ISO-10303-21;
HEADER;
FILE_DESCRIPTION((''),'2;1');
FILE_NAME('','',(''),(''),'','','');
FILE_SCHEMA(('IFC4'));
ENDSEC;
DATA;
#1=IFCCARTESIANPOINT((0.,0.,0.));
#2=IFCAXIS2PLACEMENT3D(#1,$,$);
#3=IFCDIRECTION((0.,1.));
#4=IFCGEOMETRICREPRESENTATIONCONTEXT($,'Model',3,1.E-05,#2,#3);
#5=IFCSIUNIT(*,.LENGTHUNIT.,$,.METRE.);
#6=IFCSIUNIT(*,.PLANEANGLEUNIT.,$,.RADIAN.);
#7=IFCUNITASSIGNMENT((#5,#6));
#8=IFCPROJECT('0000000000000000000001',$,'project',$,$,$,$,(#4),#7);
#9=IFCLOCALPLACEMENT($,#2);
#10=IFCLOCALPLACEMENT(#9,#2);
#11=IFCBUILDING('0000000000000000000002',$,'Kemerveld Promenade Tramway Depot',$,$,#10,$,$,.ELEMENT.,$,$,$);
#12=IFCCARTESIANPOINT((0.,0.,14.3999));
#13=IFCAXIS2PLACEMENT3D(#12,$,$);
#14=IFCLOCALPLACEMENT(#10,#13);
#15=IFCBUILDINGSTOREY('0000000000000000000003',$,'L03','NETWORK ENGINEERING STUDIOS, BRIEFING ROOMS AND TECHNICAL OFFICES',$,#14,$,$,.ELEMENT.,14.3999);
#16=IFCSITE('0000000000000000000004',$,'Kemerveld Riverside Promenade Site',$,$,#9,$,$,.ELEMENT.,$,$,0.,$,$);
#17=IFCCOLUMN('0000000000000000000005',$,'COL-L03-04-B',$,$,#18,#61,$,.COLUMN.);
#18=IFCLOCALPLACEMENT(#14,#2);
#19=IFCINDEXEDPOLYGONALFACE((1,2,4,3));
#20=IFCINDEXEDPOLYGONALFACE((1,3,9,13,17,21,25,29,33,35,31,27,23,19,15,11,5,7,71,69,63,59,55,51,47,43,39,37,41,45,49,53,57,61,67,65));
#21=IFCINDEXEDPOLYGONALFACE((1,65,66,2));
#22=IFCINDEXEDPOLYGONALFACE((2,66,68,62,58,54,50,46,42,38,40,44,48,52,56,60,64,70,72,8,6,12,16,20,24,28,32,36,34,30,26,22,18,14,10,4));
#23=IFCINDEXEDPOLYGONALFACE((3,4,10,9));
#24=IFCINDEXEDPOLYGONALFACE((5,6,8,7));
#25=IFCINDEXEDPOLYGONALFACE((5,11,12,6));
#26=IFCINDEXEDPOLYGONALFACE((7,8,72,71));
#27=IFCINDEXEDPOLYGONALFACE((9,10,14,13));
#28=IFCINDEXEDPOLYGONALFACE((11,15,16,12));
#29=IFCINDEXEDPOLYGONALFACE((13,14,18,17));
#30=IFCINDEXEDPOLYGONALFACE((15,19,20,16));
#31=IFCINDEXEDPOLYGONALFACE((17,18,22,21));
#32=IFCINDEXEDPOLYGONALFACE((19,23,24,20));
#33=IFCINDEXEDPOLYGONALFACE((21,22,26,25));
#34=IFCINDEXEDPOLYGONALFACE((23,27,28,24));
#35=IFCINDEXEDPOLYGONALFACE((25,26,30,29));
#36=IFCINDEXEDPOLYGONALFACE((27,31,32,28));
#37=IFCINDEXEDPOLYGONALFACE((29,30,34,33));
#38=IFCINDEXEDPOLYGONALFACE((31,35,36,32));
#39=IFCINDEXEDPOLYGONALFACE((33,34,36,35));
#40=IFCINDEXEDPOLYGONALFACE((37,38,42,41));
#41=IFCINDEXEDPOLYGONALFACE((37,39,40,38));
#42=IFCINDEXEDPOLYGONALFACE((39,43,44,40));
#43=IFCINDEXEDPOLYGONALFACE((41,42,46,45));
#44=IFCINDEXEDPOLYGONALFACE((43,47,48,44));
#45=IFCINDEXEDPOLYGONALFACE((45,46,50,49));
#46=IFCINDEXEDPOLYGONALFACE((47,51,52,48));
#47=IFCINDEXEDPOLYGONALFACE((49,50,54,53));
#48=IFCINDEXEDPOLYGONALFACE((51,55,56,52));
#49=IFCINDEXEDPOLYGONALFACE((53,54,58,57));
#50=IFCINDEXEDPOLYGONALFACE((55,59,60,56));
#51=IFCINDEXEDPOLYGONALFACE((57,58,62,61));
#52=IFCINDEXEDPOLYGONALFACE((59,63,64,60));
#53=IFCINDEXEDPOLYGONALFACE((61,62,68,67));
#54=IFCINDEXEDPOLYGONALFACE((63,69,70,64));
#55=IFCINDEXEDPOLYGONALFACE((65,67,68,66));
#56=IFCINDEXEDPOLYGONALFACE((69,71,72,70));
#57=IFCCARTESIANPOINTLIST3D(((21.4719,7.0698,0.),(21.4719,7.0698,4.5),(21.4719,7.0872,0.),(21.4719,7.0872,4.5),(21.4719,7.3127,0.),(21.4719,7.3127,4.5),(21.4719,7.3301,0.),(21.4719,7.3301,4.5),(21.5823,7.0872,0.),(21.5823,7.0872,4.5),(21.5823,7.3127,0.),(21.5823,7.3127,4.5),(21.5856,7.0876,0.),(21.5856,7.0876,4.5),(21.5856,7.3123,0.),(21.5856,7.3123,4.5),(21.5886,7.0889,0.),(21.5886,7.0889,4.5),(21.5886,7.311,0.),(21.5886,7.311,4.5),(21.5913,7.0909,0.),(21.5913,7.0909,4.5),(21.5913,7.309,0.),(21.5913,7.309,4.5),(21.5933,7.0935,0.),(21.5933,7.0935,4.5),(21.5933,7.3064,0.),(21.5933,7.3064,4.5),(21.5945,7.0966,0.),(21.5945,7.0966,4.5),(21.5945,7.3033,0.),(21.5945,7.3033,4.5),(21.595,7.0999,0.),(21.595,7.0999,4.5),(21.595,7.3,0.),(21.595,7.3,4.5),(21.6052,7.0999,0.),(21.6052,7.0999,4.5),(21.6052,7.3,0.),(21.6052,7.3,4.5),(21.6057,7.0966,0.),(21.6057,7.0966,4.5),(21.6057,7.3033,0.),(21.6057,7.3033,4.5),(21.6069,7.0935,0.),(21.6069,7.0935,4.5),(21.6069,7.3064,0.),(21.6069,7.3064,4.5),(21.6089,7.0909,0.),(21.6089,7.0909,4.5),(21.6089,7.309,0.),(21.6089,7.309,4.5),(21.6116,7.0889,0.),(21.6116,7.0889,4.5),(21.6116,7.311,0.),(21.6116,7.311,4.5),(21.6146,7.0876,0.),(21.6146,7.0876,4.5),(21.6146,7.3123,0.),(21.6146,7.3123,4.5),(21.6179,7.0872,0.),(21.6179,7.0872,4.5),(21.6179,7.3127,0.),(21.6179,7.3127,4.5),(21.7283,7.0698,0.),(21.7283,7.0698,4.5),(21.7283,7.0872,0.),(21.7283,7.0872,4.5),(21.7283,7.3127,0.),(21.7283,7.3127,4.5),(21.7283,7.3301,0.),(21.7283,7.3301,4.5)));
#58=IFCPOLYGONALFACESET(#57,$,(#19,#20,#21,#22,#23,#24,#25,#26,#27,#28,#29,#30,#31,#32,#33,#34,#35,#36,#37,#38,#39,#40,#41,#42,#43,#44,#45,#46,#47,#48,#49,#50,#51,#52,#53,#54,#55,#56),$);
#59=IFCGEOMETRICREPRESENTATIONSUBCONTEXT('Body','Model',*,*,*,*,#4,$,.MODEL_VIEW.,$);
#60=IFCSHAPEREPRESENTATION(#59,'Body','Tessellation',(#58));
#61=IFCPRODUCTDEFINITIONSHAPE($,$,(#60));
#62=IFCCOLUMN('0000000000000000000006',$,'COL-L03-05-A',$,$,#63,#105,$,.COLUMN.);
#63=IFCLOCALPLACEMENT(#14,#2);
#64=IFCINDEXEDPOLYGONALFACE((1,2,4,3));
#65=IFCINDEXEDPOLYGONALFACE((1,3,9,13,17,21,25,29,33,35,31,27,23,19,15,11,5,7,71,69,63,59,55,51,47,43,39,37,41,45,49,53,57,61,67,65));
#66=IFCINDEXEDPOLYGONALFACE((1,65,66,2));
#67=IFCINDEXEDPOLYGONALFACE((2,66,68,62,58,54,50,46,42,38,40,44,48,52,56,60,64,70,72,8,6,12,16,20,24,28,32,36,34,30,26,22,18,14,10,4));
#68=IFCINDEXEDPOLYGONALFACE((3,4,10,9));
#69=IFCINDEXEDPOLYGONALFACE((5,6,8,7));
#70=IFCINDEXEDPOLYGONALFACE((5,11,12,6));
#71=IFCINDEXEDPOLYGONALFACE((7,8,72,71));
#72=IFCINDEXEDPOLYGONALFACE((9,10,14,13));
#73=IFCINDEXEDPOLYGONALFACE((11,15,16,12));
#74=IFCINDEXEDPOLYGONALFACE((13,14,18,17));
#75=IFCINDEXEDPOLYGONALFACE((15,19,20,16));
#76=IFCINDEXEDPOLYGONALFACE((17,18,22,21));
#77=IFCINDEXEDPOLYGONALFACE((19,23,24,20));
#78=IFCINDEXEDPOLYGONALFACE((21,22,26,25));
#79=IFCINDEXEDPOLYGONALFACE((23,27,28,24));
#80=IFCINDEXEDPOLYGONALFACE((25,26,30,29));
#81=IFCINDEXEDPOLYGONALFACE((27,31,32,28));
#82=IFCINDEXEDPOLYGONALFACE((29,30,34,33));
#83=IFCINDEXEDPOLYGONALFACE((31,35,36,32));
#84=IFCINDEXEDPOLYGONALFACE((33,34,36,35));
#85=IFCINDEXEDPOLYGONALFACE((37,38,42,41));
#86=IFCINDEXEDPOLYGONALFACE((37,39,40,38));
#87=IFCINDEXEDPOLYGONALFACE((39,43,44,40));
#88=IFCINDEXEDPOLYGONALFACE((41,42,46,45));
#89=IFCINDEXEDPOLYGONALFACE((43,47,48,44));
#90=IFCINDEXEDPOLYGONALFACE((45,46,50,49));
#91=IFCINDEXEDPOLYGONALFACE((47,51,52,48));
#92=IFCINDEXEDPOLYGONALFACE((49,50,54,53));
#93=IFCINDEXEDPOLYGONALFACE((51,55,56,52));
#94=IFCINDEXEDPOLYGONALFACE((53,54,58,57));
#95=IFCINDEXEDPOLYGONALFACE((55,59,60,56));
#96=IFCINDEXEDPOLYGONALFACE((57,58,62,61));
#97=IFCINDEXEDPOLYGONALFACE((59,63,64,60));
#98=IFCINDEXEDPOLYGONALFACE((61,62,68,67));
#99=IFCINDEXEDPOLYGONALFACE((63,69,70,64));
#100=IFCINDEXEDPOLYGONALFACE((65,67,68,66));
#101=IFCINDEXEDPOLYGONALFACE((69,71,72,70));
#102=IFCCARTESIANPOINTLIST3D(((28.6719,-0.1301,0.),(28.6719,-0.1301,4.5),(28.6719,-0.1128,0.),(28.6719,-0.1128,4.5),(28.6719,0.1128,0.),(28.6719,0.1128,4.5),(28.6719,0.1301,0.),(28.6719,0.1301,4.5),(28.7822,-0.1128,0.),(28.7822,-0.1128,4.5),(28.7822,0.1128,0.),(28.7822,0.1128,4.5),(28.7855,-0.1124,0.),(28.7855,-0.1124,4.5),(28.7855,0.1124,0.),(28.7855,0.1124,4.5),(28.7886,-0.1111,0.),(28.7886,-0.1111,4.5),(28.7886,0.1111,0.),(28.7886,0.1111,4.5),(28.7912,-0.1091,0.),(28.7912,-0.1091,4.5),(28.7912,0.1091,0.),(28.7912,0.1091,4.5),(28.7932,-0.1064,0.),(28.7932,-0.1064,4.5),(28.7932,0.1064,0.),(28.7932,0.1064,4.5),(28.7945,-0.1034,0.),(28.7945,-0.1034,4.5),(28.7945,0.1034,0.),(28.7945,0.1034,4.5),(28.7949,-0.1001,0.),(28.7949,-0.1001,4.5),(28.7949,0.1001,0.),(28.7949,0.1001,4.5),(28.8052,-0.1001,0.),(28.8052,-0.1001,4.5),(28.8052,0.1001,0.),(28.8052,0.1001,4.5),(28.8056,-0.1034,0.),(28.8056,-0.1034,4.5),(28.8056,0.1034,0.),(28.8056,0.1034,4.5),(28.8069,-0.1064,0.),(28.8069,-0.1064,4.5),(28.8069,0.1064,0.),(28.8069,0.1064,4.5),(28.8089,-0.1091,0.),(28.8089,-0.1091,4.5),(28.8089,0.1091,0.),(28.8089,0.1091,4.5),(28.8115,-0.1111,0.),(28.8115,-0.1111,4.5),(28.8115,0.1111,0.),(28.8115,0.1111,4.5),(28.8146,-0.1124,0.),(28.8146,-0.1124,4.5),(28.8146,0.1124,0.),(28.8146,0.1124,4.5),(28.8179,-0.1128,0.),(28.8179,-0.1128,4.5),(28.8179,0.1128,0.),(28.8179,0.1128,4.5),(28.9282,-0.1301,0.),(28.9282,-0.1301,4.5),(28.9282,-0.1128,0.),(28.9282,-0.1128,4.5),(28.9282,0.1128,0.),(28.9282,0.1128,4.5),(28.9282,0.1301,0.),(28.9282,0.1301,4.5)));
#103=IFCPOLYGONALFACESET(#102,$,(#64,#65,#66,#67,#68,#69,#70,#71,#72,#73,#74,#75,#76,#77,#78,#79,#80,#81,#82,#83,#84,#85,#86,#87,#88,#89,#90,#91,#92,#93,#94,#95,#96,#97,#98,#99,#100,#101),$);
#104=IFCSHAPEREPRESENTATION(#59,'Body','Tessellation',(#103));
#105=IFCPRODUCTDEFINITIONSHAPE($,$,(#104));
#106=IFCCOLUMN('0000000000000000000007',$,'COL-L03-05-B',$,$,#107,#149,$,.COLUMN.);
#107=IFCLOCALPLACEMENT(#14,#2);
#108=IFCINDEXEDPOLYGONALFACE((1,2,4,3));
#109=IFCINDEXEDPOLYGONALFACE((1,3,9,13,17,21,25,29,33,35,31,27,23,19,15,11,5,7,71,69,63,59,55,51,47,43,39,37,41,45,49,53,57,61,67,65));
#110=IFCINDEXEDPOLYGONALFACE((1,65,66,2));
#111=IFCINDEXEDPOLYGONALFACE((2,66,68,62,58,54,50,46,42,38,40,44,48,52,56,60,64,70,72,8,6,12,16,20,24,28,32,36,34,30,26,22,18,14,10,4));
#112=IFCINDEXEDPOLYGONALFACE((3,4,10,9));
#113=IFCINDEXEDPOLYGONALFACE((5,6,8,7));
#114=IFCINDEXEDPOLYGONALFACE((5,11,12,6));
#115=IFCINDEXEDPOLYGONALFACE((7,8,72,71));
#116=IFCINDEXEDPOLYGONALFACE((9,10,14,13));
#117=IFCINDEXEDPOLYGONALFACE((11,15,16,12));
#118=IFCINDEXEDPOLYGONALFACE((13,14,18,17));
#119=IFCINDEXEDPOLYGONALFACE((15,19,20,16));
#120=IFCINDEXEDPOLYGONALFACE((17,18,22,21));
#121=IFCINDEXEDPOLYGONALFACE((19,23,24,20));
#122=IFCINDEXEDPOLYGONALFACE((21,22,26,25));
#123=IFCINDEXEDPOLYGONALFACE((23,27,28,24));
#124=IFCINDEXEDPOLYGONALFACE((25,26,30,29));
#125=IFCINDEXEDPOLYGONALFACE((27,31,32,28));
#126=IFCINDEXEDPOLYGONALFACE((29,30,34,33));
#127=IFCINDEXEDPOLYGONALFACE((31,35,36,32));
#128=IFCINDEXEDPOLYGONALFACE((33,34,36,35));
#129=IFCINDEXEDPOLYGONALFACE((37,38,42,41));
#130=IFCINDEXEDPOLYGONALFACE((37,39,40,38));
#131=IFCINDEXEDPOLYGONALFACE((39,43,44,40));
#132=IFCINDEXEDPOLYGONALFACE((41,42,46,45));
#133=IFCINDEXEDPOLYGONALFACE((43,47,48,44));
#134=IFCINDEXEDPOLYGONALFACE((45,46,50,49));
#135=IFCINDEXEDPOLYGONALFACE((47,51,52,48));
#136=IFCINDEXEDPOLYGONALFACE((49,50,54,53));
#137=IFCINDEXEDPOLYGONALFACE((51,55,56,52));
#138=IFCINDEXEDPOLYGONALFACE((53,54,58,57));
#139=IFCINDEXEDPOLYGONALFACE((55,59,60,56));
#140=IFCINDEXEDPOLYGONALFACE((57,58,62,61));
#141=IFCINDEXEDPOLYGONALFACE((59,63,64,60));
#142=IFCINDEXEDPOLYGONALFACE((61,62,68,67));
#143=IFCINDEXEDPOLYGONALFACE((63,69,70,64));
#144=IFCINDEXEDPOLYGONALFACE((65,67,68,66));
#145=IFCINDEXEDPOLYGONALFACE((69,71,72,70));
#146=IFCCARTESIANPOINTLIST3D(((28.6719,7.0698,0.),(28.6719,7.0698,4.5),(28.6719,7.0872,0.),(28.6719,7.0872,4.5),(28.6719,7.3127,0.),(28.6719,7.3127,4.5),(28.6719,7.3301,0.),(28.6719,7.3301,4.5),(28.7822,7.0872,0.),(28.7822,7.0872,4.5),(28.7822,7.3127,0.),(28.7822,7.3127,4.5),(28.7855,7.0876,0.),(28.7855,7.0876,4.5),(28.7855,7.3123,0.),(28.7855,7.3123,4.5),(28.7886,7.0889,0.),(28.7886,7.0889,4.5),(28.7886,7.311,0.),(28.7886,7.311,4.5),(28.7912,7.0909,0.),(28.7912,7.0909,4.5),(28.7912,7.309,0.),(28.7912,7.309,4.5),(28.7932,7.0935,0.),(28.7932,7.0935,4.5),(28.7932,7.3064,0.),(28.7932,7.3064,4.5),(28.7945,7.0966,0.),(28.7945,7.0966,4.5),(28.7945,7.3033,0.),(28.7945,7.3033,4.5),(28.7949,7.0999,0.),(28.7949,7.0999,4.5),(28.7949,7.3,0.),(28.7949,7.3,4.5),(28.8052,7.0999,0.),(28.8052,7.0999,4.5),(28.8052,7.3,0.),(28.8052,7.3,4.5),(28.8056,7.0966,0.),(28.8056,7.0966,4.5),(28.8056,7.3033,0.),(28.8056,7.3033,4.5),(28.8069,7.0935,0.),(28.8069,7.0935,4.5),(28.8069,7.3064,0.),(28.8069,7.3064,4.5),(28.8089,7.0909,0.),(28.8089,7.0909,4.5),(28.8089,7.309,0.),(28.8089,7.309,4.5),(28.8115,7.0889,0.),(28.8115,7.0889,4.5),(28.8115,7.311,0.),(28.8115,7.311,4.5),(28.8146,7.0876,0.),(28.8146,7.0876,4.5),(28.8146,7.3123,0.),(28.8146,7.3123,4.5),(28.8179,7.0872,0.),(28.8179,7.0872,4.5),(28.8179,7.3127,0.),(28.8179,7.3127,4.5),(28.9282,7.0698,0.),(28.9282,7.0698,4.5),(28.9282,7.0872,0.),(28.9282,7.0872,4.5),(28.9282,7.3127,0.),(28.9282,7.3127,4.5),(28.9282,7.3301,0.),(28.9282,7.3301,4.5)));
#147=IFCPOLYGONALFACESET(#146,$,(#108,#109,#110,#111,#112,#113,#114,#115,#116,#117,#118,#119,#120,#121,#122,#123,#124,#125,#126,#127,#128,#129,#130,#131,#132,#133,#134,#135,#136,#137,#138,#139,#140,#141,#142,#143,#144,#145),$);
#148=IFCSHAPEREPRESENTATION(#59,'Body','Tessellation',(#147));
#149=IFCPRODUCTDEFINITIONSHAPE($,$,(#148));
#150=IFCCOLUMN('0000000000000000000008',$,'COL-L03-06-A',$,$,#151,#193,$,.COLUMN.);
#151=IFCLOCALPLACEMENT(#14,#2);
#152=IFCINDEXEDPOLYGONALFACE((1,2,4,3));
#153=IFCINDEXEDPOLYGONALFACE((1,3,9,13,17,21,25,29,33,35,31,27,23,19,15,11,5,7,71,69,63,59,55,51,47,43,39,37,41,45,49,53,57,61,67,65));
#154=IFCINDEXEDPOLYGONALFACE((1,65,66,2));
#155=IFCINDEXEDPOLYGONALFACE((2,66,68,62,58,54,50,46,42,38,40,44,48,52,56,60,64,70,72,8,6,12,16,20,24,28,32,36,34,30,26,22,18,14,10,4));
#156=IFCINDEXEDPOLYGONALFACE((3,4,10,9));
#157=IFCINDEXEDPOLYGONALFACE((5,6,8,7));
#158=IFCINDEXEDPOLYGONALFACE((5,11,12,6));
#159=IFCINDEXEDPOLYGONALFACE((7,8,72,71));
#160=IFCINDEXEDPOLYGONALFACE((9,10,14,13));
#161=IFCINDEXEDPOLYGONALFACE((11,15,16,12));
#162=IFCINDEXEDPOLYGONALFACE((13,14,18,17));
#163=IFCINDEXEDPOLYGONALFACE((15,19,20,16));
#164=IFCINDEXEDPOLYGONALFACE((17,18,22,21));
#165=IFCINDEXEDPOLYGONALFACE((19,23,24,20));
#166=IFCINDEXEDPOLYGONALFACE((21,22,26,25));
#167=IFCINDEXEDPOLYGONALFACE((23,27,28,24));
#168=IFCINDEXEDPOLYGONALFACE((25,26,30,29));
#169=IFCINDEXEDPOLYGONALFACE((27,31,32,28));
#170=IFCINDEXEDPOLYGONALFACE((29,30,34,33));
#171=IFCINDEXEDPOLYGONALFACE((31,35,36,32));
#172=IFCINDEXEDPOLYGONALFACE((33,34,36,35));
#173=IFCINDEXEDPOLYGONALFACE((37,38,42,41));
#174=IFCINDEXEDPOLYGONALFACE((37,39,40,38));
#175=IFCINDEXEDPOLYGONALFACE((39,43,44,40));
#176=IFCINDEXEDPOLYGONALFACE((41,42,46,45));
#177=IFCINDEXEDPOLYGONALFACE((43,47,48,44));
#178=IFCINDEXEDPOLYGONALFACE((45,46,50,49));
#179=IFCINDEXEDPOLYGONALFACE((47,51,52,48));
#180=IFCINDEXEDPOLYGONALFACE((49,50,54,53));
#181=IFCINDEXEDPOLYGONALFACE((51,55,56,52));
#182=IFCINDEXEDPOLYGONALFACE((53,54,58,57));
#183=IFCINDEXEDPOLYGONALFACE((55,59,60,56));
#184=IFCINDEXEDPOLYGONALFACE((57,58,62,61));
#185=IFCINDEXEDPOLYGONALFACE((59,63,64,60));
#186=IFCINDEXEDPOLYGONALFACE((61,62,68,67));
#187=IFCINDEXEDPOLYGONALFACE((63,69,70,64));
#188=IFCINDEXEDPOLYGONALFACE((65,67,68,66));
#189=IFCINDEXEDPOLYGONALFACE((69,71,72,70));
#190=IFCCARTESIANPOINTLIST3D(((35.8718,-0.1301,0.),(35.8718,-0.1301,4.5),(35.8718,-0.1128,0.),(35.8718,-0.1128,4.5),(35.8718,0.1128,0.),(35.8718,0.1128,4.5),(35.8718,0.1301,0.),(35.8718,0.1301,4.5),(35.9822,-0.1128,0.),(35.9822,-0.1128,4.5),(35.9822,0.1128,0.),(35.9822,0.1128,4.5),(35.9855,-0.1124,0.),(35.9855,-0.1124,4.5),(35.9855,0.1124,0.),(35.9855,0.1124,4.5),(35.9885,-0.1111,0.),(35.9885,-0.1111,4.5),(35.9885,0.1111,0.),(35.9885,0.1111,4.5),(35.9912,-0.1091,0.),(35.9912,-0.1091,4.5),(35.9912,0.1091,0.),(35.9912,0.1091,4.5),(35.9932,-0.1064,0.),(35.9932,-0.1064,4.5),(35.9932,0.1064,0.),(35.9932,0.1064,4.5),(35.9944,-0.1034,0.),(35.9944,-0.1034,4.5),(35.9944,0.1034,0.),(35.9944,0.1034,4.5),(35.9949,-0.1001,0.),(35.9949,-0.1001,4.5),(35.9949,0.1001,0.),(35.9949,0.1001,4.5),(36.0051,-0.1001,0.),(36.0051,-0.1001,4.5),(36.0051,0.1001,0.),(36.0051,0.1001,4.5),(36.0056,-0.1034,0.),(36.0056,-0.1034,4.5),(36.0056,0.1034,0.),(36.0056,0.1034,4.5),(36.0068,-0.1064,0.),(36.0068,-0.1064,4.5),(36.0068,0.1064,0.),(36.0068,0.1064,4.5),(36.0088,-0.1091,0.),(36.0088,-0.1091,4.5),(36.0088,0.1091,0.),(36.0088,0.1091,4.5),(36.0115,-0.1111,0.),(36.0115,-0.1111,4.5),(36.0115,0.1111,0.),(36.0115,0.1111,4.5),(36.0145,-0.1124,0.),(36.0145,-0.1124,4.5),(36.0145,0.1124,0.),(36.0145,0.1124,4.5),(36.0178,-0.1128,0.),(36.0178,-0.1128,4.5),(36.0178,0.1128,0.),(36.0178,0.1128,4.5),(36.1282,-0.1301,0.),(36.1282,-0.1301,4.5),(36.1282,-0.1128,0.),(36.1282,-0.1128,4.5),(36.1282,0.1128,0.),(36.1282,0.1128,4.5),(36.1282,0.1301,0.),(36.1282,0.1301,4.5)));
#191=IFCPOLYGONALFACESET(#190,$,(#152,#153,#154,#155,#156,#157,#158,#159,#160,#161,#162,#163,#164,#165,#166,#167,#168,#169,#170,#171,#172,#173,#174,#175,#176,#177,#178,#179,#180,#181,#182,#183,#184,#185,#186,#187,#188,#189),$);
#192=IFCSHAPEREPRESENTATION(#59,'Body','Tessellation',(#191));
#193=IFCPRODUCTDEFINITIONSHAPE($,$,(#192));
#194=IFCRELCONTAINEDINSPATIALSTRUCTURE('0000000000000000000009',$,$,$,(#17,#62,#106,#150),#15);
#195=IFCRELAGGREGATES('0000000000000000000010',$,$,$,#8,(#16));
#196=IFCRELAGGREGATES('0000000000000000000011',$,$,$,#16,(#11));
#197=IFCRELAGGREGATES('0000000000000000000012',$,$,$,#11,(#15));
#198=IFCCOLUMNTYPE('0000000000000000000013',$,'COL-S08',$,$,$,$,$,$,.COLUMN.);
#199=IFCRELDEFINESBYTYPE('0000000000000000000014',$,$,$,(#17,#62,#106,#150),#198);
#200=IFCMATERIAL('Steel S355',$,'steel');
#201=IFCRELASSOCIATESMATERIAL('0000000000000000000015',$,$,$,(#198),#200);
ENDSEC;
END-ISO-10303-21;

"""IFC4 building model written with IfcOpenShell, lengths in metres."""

from ifc_helpers import new_model, si_unit, direction, frame, origin, origin_2d, place, context, subcontext, project, spatial, i_section, extrude, material, material_profile, profile_set, type_object, element, save


model = new_model("IFC4")

# Units and contexts
model_context = context("Model", 3, precision=1e-05, world=origin(), true_north=direction((0.0, 1.0)))
body_context = subcontext(model_context, "Body", "Model", "MODEL_VIEW")
ifc_project = project(units=[si_unit("LENGTHUNIT", "METRE"), si_unit("PLANEANGLEUNIT", "RADIAN")], contexts=[model_context])

# Site, building, storey
site_placement = place(None, origin())
site = spatial("IfcSite", under=ifc_project, at=site_placement, Name="Kemerveld Riverside Promenade Site", CompositionType="ELEMENT", RefElevation=0.0)
building_placement = place(site_placement, origin())
building = spatial("IfcBuilding", under=site, at=building_placement, Name="Kemerveld Promenade Tramway Depot", CompositionType="ELEMENT")
storey_placement = place(building_placement, frame((0.0, 0.0, 14.3999)))
storey = spatial("IfcBuildingStorey", under=building, at=storey_placement, Name="L03", Description="NETWORK ENGINEERING STUDIOS, BRIEFING ROOMS AND TECHNICAL OFFICES", CompositionType="ELEMENT", Elevation=14.3999)

# Columns
ifc_material_1 = material(Name="Steel S355", Category="steel")
ifc_material_profile_1 = material_profile(ifc_material_1, i_section(OverallWidth=0.2563, OverallDepth=0.2603, WebThickness=0.0103, FlangeThickness=0.0173, FilletRadius=0.0127, at=origin_2d()), Name="254x254x89 UC")
ifc_profile_set_1 = profile_set([ifc_material_profile_1], Name="Steel S355")
column_type = type_object("IfcColumnType", Name="COL-S08", PredefinedType="COLUMN", material=ifc_profile_set_1)
for number, where, z_axis, x_axis, name in (
    (1, (21.6001, 7.2, 0.0), (0.0, 0.0, 1.0), (1.0, 0.0, 0.0), "COL-L03-04-B"),
    (2, (28.8, 0.0, 0.0), (0.0, 0.0, 1.0), (1.0, 0.0, 0.0), "COL-L03-05-A"),
    (3, (28.8, 7.2, 0.0), (0.0, 0.0, 1.0), (1.0, 0.0, 0.0), "COL-L03-05-B"),
    (4, (36.0, 0.0, 0.0), (0.0, 0.0, 1.0), (1.0, 0.0, 0.0), "COL-L03-06-A"),
):
    element("IfcColumn", number, at=place(storey_placement, frame(where, z_axis=z_axis, x_axis=x_axis)), inside=storey, type_object=column_type, Name=name, PredefinedType="COLUMN", context=body_context, shape_type="SweptSolid", body=[
        extrude(i_section(OverallWidth=0.2563, OverallDepth=0.2603, WebThickness=0.0103, FlangeThickness=0.0173, FilletRadius=0.0127, at=origin_2d()), origin(), (0.0, 0.0, 1.0), 4.5),
    ])

save(model, "model.ifc")
